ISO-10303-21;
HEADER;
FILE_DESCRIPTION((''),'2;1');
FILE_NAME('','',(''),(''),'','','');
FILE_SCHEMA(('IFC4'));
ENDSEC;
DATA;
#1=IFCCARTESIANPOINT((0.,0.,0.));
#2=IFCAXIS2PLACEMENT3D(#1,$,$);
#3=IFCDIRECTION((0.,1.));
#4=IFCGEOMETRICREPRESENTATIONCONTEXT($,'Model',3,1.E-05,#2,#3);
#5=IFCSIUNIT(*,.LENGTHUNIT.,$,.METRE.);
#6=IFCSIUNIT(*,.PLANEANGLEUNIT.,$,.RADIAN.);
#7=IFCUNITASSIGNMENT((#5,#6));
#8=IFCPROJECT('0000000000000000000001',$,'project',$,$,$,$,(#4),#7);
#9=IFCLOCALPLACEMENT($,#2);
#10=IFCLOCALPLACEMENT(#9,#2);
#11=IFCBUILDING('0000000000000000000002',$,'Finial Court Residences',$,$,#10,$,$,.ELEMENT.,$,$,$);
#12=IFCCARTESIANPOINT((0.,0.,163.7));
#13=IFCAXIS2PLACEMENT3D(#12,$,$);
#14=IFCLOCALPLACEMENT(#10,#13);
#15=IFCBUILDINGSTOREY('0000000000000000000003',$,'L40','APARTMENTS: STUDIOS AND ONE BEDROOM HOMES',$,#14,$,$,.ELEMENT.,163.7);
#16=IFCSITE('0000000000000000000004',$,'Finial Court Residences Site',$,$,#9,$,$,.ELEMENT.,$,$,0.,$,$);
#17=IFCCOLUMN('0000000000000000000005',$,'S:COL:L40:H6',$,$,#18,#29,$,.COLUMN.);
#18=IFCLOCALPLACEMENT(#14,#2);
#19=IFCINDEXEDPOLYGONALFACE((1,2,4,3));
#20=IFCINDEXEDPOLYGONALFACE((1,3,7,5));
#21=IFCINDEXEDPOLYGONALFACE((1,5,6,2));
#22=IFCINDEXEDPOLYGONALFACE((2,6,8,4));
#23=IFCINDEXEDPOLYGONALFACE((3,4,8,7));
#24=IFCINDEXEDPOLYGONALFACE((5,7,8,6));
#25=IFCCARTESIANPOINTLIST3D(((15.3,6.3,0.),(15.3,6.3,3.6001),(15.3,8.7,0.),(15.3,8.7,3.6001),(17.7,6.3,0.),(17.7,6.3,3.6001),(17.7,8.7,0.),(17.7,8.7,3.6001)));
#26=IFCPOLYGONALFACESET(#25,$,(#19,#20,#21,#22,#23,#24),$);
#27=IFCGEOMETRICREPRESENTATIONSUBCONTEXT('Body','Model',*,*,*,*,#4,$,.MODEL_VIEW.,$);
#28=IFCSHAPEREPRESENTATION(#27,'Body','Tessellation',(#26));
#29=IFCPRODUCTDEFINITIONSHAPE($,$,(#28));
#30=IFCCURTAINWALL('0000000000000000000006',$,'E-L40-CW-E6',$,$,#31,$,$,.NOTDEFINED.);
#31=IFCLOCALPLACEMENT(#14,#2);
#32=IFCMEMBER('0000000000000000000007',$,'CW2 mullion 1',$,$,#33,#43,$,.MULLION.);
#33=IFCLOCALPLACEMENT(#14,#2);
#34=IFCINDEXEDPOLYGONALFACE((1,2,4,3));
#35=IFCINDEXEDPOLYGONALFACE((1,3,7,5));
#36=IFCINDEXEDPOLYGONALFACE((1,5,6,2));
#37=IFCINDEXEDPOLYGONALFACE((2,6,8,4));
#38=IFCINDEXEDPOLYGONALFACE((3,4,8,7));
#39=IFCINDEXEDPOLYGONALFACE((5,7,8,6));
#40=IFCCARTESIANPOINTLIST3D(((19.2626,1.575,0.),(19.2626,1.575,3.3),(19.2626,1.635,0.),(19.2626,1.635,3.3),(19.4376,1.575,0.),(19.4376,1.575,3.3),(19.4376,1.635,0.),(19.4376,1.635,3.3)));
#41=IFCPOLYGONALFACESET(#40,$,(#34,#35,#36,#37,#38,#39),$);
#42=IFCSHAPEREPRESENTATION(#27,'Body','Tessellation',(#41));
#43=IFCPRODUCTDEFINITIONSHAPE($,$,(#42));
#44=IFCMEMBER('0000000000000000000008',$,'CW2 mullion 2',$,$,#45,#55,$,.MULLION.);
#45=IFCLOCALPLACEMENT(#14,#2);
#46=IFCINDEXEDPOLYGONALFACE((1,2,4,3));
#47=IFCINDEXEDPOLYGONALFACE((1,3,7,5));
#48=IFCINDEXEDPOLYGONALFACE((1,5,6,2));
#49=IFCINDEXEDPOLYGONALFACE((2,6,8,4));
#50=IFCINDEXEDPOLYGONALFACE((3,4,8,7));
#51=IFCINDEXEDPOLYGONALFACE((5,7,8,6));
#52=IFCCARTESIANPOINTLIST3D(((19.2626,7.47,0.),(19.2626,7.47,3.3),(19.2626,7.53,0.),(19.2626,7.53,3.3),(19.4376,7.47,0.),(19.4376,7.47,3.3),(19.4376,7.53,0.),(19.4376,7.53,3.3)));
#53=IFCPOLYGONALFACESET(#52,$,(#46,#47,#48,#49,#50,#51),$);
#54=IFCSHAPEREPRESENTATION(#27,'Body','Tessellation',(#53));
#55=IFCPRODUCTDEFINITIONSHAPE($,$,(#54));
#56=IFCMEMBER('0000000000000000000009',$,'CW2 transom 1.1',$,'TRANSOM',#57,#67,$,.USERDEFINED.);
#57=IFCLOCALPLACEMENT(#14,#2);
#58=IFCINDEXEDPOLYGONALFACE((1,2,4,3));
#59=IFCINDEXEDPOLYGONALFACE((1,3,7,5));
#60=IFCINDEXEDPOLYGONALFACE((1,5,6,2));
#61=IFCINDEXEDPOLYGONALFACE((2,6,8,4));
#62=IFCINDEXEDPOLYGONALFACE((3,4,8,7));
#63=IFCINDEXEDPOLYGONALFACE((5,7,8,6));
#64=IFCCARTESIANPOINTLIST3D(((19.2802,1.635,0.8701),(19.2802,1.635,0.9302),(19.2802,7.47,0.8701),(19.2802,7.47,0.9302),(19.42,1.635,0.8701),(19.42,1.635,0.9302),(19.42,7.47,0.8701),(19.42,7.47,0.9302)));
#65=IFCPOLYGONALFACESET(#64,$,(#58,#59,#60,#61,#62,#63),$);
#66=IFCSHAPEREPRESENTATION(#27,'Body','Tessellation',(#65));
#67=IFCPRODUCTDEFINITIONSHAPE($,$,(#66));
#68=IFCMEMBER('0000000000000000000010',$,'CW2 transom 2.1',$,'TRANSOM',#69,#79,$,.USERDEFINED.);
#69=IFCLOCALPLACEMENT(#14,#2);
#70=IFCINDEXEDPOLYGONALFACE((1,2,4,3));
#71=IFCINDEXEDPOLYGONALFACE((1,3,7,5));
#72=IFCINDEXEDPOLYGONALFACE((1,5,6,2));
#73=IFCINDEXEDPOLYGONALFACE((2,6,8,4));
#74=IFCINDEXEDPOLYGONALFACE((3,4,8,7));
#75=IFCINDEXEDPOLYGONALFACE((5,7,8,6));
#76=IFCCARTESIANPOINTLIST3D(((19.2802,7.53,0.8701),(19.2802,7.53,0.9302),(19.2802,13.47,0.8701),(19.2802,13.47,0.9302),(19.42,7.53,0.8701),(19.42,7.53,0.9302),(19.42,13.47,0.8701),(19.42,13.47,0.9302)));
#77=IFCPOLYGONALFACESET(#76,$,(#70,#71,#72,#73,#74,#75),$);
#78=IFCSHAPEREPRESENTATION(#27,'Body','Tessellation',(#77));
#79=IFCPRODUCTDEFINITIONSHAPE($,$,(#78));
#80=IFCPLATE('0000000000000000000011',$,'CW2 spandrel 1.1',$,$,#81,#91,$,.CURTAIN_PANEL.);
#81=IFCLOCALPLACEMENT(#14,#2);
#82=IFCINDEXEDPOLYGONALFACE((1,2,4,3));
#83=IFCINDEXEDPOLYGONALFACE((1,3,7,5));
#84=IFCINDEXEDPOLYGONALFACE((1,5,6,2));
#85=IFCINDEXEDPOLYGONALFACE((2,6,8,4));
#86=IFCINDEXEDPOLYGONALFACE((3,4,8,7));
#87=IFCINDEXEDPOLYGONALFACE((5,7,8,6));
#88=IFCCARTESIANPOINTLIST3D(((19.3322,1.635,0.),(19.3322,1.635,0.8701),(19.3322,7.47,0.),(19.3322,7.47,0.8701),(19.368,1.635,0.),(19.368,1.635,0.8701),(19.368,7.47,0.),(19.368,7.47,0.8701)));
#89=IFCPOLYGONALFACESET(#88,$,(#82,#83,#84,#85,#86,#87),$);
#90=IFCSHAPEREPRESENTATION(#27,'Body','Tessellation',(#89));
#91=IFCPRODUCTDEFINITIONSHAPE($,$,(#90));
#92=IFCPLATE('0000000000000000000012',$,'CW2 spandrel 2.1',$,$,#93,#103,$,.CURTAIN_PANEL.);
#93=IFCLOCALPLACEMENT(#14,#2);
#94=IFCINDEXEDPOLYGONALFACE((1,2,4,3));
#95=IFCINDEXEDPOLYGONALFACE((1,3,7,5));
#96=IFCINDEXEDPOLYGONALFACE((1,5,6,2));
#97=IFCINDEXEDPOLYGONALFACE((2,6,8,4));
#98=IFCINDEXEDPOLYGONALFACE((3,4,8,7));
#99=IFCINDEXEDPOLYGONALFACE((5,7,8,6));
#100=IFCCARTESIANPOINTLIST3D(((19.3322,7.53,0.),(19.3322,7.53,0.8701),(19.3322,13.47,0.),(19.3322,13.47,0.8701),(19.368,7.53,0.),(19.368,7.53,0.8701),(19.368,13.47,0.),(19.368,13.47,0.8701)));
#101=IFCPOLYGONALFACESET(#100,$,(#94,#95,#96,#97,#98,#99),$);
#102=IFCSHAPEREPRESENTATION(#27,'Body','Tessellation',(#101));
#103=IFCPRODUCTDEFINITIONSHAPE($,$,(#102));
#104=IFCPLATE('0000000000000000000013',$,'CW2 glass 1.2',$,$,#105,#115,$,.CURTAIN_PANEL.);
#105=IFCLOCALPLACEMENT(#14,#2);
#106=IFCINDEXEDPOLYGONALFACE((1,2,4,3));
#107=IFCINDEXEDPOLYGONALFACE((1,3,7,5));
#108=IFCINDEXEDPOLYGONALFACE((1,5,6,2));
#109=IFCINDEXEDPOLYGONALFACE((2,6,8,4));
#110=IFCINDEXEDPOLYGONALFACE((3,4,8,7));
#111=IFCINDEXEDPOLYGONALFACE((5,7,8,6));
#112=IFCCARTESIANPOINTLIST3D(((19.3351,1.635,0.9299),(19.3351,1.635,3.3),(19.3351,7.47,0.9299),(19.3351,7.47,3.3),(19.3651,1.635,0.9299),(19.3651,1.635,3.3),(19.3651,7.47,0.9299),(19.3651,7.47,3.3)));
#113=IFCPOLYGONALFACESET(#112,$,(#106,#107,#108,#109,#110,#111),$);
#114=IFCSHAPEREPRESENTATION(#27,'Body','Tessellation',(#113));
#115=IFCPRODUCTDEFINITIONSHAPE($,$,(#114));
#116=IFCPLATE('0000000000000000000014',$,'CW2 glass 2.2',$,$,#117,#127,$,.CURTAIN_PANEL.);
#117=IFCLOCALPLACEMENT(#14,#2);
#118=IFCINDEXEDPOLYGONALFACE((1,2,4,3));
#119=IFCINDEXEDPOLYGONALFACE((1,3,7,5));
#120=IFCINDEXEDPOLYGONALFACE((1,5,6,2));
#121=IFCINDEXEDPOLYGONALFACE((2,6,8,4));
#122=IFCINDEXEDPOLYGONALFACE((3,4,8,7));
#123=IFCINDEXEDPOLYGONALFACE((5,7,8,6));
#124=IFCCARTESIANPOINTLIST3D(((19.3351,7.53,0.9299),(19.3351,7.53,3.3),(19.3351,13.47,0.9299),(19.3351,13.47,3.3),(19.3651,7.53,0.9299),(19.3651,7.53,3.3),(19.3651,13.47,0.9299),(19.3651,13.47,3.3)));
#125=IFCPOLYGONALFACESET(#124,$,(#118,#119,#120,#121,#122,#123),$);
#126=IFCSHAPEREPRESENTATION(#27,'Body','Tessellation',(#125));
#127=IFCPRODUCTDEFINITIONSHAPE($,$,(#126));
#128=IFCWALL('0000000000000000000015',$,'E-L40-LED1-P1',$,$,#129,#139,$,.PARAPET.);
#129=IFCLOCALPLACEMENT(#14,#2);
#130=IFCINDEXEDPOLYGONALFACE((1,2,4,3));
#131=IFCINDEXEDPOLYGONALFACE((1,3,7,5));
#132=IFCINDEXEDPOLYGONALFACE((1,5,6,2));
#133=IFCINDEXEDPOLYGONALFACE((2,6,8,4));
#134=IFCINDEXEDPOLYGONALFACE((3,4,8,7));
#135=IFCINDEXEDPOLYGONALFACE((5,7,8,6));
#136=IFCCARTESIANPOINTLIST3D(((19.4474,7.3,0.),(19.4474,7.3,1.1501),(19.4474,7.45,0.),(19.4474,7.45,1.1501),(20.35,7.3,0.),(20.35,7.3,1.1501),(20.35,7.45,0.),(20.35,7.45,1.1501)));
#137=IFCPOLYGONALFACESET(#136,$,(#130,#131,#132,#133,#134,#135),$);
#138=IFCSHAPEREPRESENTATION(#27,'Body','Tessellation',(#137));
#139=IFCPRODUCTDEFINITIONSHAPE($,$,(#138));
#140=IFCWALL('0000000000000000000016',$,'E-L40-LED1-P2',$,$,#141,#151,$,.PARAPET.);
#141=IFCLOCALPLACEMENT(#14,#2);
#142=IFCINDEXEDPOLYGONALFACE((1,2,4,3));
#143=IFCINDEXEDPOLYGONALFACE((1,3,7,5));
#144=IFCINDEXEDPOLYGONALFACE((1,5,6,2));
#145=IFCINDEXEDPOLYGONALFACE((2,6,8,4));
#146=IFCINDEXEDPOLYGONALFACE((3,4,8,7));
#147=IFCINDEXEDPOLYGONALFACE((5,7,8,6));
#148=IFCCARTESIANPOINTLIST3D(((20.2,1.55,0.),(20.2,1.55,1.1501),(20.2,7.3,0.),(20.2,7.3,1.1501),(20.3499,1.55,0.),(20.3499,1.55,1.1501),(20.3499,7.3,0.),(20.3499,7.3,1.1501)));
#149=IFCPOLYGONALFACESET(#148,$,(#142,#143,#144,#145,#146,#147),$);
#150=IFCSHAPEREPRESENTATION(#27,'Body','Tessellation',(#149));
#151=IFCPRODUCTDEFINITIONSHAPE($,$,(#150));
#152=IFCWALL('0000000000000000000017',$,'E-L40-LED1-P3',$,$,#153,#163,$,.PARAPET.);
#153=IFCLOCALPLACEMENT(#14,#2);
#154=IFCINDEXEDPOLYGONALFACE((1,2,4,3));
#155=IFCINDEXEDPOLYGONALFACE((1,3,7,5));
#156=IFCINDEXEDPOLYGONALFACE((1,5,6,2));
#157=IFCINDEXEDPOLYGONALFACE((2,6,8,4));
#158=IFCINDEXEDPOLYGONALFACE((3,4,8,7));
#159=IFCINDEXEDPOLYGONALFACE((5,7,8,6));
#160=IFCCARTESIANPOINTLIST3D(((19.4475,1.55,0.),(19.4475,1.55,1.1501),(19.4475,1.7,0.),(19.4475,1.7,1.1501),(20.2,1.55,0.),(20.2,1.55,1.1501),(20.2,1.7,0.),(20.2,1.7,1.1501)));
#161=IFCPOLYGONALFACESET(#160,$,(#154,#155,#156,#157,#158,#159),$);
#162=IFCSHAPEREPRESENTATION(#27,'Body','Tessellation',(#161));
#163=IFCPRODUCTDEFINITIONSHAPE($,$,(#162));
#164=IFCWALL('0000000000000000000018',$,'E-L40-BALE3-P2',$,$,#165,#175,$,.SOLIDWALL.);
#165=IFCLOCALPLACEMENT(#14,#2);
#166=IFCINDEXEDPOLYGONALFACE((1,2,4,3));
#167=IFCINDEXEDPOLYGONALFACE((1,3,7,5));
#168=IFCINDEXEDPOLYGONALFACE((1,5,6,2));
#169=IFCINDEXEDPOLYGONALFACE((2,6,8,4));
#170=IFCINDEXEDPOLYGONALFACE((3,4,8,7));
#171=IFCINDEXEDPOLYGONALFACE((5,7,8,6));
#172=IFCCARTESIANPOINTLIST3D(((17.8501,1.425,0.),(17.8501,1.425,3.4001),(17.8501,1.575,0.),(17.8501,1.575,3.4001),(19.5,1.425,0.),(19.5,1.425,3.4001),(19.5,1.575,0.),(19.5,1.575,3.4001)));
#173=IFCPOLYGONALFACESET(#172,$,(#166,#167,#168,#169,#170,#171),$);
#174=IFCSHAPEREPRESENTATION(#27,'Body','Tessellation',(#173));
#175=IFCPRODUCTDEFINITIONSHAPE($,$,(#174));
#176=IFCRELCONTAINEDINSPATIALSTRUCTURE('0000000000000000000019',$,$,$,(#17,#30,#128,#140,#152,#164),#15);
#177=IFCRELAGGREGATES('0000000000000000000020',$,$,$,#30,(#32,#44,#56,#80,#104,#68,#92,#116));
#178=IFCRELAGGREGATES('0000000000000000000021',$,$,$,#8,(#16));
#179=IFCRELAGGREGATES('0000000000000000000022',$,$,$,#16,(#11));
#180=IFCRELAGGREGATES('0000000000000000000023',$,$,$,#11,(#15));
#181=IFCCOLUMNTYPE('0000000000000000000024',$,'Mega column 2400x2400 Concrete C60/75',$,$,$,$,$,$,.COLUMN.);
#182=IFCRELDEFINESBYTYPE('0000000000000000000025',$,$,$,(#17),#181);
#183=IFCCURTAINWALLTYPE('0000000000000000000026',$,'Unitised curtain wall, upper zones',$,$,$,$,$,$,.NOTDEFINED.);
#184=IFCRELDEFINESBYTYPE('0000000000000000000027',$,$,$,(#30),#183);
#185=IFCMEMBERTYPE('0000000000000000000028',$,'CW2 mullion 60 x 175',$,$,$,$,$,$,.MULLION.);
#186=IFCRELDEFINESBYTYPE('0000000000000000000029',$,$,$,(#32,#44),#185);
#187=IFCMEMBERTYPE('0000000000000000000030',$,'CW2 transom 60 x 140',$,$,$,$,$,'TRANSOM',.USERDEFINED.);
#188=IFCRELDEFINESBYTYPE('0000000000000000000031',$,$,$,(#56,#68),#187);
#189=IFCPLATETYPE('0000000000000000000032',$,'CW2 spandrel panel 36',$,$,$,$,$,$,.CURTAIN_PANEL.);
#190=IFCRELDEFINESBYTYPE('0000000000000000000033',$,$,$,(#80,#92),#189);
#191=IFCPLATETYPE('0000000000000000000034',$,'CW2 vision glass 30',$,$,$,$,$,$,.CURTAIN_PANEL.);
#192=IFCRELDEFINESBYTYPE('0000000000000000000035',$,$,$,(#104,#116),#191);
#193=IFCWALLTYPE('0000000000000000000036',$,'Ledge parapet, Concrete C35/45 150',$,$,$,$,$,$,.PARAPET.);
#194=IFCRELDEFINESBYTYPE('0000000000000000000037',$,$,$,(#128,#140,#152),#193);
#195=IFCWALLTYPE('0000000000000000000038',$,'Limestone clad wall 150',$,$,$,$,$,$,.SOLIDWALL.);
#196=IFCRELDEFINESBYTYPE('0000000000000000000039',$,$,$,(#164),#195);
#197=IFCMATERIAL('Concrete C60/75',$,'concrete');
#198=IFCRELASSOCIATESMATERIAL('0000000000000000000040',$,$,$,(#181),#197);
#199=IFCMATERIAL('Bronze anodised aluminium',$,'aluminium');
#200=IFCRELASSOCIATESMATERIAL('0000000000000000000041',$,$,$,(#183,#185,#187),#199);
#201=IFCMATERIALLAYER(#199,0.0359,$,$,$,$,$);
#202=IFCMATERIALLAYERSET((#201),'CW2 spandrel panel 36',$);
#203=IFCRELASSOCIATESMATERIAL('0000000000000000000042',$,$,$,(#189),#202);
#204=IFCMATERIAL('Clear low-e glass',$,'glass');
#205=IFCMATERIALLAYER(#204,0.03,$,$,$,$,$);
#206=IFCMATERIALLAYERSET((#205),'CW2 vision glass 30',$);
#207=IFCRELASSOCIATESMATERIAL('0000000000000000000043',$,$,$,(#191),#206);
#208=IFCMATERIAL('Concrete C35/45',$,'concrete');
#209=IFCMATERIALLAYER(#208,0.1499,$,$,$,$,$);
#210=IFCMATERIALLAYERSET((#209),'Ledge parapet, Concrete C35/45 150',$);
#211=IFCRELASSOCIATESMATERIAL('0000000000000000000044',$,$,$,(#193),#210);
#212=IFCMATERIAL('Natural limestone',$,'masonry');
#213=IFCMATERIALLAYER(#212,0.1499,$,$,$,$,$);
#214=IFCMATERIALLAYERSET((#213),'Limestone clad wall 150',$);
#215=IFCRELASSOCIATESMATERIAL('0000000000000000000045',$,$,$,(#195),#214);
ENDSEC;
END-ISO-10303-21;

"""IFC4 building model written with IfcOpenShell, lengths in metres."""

from ifc_helpers import new_model, si_unit, direction, frame, frame_2d, origin, origin_2d, place, context, subcontext, project, spatial, rectangle, extrude, material, layer, layer_set, material_profile, profile_set, type_object, element, aggregate, save


model = new_model("IFC4")

# Units and contexts
model_context = context("Model", 3, precision=1e-05, world=origin(), true_north=direction((0.0, 1.0)))
body_context = subcontext(model_context, "Body", "Model", "MODEL_VIEW")
ifc_project = project(units=[si_unit("LENGTHUNIT", "METRE"), si_unit("PLANEANGLEUNIT", "RADIAN")], contexts=[model_context])

# Site, building, storey
site_placement = place(None, origin())
site = spatial("IfcSite", under=ifc_project, at=site_placement, Name="Finial Court Residences Site", CompositionType="ELEMENT", RefElevation=0.0)
building_placement = place(site_placement, origin())
building = spatial("IfcBuilding", under=site, at=building_placement, Name="Finial Court Residences", CompositionType="ELEMENT")
storey_placement = place(building_placement, frame((0.0, 0.0, 163.7)))
storey = spatial("IfcBuildingStorey", under=building, at=storey_placement, Name="L40", Description="APARTMENTS: STUDIOS AND ONE BEDROOM HOMES", CompositionType="ELEMENT", Elevation=163.7)

# Column
ifc_material_1 = material(Name="Concrete C60/75", Category="concrete")
ifc_material_profile_1 = material_profile(ifc_material_1, rectangle(XDim=2.3999, YDim=2.3999, at=origin_2d()), Name="2400x2400")
ifc_profile_set_1 = profile_set([ifc_material_profile_1], Name="Concrete C60/75")
column_type = type_object("IfcColumnType", Name="Mega column 2400x2400 Concrete C60/75", PredefinedType="COLUMN", material=ifc_profile_set_1)
column_placement = place(storey_placement, frame((16.5, 7.5, 0.0), z_axis=(0.0, 0.0, 1.0), x_axis=(1.0, 0.0, 0.0)))
element("IfcColumn", 1, at=column_placement, inside=storey, type_object=column_type, Name="S:COL:L40:H6", PredefinedType="COLUMN", context=body_context, shape_type="SweptSolid", body=[
    extrude(rectangle(XDim=2.3999, YDim=2.3999, at=origin_2d()), origin(), (0.0, 0.0, 1.0), 3.6001),
])

# Curtain wall, members, plates
ifc_material_2 = material(Name="Bronze anodised aluminium", Category="aluminium")
curtain_wall_type = type_object("IfcCurtainWallType", Name="Unitised curtain wall, upper zones", PredefinedType="NOTDEFINED", material=ifc_material_2)
curtain_wall_placement = place(storey_placement, origin())
curtain_wall = element("IfcCurtainWall", 2, at=curtain_wall_placement, inside=storey, type_object=curtain_wall_type, Name="E-L40-CW-E6", PredefinedType="NOTDEFINED")
ifc_material_profile_2 = material_profile(ifc_material_2, rectangle(XDim=0.175, YDim=0.0601, at=origin_2d()), Name="CW2 mullion 60 x 175")
ifc_profile_set_2 = profile_set([ifc_material_profile_2], Name="Bronze anodised aluminium")
member_type_1 = type_object("IfcMemberType", Name="CW2 mullion 60 x 175", PredefinedType="MULLION", material=ifc_profile_set_2)
member_1_placement = place(storey_placement, frame((19.3501, 1.605, 0.0), z_axis=(0.0, 0.0, 1.0), x_axis=(-1.0, 0.0, 0.0)))
member_1 = element("IfcMember", 3, at=member_1_placement, type_object=member_type_1, Name="CW2 mullion 1", PredefinedType="MULLION", context=body_context, shape_type="SweptSolid", body=[
    extrude(rectangle(XDim=0.175, YDim=0.0601, at=origin_2d()), origin(), (0.0, 0.0, 1.0), 3.3),
])
member_2_placement = place(storey_placement, frame((19.3501, 7.5, 0.0), z_axis=(0.0, 0.0, 1.0), x_axis=(-1.0, 0.0, 0.0)))
member_2 = element("IfcMember", 4, at=member_2_placement, type_object=member_type_1, Name="CW2 mullion 2", PredefinedType="MULLION", context=body_context, shape_type="SweptSolid", body=[
    extrude(rectangle(XDim=0.175, YDim=0.0601, at=origin_2d()), origin(), (0.0, 0.0, 1.0), 3.3),
])
ifc_material_profile_3 = material_profile(ifc_material_2, rectangle(XDim=0.1399, YDim=0.0601, at=origin_2d()), Name="CW2 transom 60 x 140")
ifc_profile_set_3 = profile_set([ifc_material_profile_3], Name="Bronze anodised aluminium")
member_type_2 = type_object("IfcMemberType", Name="CW2 transom 60 x 140", ElementType="TRANSOM", PredefinedType="USERDEFINED", material=ifc_profile_set_3)
member_3_placement = place(storey_placement, frame((19.3501, 1.635, 0.9001), z_axis=(0.0, 1.0, 0.0), x_axis=(-1.0, 0.0, 0.0)))
member_3 = element("IfcMember", 5, at=member_3_placement, type_object=member_type_2, Name="CW2 transom 1.1", ObjectType="TRANSOM", PredefinedType="USERDEFINED", context=body_context, shape_type="SweptSolid", body=[
    extrude(rectangle(XDim=0.1399, YDim=0.0601, at=origin_2d()), origin(), (0.0, 0.0, 1.0), 5.835),
])
member_4_placement = place(storey_placement, frame((19.3501, 7.53, 0.9001), z_axis=(0.0, 1.0, 0.0), x_axis=(-1.0, 0.0, 0.0)))
member_4 = element("IfcMember", 6, at=member_4_placement, type_object=member_type_2, Name="CW2 transom 2.1", ObjectType="TRANSOM", PredefinedType="USERDEFINED", context=body_context, shape_type="SweptSolid", body=[
    extrude(rectangle(XDim=0.1399, YDim=0.0601, at=origin_2d()), origin(), (0.0, 0.0, 1.0), 5.9399),
])
ifc_layer_1 = layer(ifc_material_2, 0.0359)
ifc_layer_set_1 = layer_set([ifc_layer_1], Name="CW2 spandrel panel 36")
plate_type_1 = type_object("IfcPlateType", Name="CW2 spandrel panel 36", PredefinedType="CURTAIN_PANEL", material=ifc_layer_set_1)
plate_1_placement = place(storey_placement, frame((19.3501, 4.5525, 0.0), z_axis=(0.0, 0.0, 1.0), x_axis=(0.0, 1.0, 0.0)))
plate_1 = element("IfcPlate", 7, at=plate_1_placement, type_object=plate_type_1, Name="CW2 spandrel 1.1", PredefinedType="CURTAIN_PANEL", context=body_context, shape_type="SweptSolid", body=[
    extrude(rectangle(XDim=5.835, YDim=0.0359, at=origin_2d()), origin(), (0.0, 0.0, 1.0), 0.8701),
])
plate_2_placement = place(storey_placement, frame((19.3501, 10.5, 0.0), z_axis=(0.0, 0.0, 1.0), x_axis=(0.0, 1.0, 0.0)))
plate_2 = element("IfcPlate", 8, at=plate_2_placement, type_object=plate_type_1, Name="CW2 spandrel 2.1", PredefinedType="CURTAIN_PANEL", context=body_context, shape_type="SweptSolid", body=[
    extrude(rectangle(XDim=5.9399, YDim=0.0359, at=origin_2d()), origin(), (0.0, 0.0, 1.0), 0.8701),
])
ifc_material_3 = material(Name="Clear low-e glass", Category="glass")
ifc_layer_2 = layer(ifc_material_3, 0.03)
ifc_layer_set_2 = layer_set([ifc_layer_2], Name="CW2 vision glass 30")
plate_type_2 = type_object("IfcPlateType", Name="CW2 vision glass 30", PredefinedType="CURTAIN_PANEL", material=ifc_layer_set_2)
plate_3_placement = place(storey_placement, frame((19.3501, 4.5525, 0.9299), z_axis=(0.0, 0.0, 1.0), x_axis=(0.0, 1.0, 0.0)))
plate_3 = element("IfcPlate", 9, at=plate_3_placement, type_object=plate_type_2, Name="CW2 glass 1.2", PredefinedType="CURTAIN_PANEL", context=body_context, shape_type="SweptSolid", body=[
    extrude(rectangle(XDim=5.835, YDim=0.03, at=origin_2d()), origin(), (0.0, 0.0, 1.0), 2.3701),
])
plate_4_placement = place(storey_placement, frame((19.3501, 10.5, 0.9299), z_axis=(0.0, 0.0, 1.0), x_axis=(0.0, 1.0, 0.0)))
plate_4 = element("IfcPlate", 10, at=plate_4_placement, type_object=plate_type_2, Name="CW2 glass 2.2", PredefinedType="CURTAIN_PANEL", context=body_context, shape_type="SweptSolid", body=[
    extrude(rectangle(XDim=5.9399, YDim=0.03, at=origin_2d()), origin(), (0.0, 0.0, 1.0), 2.3701),
])
aggregate(curtain_wall, [member_1, member_2, member_3, plate_1, plate_3, member_4, plate_2, plate_4])

# Walls
ifc_material_4 = material(Name="Concrete C35/45", Category="concrete")
ifc_layer_3 = layer(ifc_material_4, 0.1499)
ifc_layer_set_3 = layer_set([ifc_layer_3], Name="Ledge parapet, Concrete C35/45 150")
wall_type_1 = type_object("IfcWallType", Name="Ledge parapet, Concrete C35/45 150", PredefinedType="PARAPET", material=ifc_layer_set_3)
wall_1_placement = place(storey_placement, frame((19.4475, 7.375, 0.0), z_axis=(0.0, 0.0, 1.0), x_axis=(1.0, 0.0, 0.0)))
element("IfcWall", 11, at=wall_1_placement, inside=storey, type_object=wall_type_1, Name="E-L40-LED1-P1", PredefinedType="PARAPET", context=body_context, shape_type="SweptSolid", body=[
    extrude(rectangle(XDim=0.9026, YDim=0.1499, at=frame_2d((0.4512, 0.0))), origin(), (0.0, 0.0, 1.0), 1.1501),
])
wall_2_placement = place(storey_placement, frame((20.2749, 7.3, 0.0), z_axis=(0.0, 0.0, 1.0), x_axis=(0.0, -1.0, 0.0)))
element("IfcWall", 12, at=wall_2_placement, inside=storey, type_object=wall_type_1, Name="E-L40-LED1-P2", PredefinedType="PARAPET", context=body_context, shape_type="SweptSolid", body=[
    extrude(rectangle(XDim=5.75, YDim=0.1499, at=frame_2d((2.875, 0.0))), origin(), (0.0, 0.0, 1.0), 1.1501),
])
wall_3_placement = place(storey_placement, frame((20.2, 1.625, 0.0), z_axis=(0.0, 0.0, 1.0), x_axis=(-1.0, 0.0, 0.0)))
element("IfcWall", 13, at=wall_3_placement, inside=storey, type_object=wall_type_1, Name="E-L40-LED1-P3", PredefinedType="PARAPET", context=body_context, shape_type="SweptSolid", body=[
    extrude(rectangle(XDim=0.7524, YDim=0.1499, at=frame_2d((0.3762, 0.0))), origin(), (0.0, 0.0, 1.0), 1.1501),
])
ifc_material_5 = material(Name="Natural limestone", Category="masonry")
ifc_layer_4 = layer(ifc_material_5, 0.1499)
ifc_layer_set_4 = layer_set([ifc_layer_4], Name="Limestone clad wall 150")
wall_type_2 = type_object("IfcWallType", Name="Limestone clad wall 150", PredefinedType="SOLIDWALL", material=ifc_layer_set_4)
wall_4_placement = place(storey_placement, frame((17.8501, 1.5, 0.0), z_axis=(0.0, 0.0, 1.0), x_axis=(1.0, 0.0, 0.0)))
element("IfcWall", 14, at=wall_4_placement, inside=storey, type_object=wall_type_2, Name="E-L40-BALE3-P2", PredefinedType="SOLIDWALL", context=body_context, shape_type="SweptSolid", body=[
    extrude(rectangle(XDim=1.6499, YDim=0.1499, at=frame_2d((0.825, 0.0))), origin(), (0.0, 0.0, 1.0), 3.4001),
])

save(model, "model.ifc")
